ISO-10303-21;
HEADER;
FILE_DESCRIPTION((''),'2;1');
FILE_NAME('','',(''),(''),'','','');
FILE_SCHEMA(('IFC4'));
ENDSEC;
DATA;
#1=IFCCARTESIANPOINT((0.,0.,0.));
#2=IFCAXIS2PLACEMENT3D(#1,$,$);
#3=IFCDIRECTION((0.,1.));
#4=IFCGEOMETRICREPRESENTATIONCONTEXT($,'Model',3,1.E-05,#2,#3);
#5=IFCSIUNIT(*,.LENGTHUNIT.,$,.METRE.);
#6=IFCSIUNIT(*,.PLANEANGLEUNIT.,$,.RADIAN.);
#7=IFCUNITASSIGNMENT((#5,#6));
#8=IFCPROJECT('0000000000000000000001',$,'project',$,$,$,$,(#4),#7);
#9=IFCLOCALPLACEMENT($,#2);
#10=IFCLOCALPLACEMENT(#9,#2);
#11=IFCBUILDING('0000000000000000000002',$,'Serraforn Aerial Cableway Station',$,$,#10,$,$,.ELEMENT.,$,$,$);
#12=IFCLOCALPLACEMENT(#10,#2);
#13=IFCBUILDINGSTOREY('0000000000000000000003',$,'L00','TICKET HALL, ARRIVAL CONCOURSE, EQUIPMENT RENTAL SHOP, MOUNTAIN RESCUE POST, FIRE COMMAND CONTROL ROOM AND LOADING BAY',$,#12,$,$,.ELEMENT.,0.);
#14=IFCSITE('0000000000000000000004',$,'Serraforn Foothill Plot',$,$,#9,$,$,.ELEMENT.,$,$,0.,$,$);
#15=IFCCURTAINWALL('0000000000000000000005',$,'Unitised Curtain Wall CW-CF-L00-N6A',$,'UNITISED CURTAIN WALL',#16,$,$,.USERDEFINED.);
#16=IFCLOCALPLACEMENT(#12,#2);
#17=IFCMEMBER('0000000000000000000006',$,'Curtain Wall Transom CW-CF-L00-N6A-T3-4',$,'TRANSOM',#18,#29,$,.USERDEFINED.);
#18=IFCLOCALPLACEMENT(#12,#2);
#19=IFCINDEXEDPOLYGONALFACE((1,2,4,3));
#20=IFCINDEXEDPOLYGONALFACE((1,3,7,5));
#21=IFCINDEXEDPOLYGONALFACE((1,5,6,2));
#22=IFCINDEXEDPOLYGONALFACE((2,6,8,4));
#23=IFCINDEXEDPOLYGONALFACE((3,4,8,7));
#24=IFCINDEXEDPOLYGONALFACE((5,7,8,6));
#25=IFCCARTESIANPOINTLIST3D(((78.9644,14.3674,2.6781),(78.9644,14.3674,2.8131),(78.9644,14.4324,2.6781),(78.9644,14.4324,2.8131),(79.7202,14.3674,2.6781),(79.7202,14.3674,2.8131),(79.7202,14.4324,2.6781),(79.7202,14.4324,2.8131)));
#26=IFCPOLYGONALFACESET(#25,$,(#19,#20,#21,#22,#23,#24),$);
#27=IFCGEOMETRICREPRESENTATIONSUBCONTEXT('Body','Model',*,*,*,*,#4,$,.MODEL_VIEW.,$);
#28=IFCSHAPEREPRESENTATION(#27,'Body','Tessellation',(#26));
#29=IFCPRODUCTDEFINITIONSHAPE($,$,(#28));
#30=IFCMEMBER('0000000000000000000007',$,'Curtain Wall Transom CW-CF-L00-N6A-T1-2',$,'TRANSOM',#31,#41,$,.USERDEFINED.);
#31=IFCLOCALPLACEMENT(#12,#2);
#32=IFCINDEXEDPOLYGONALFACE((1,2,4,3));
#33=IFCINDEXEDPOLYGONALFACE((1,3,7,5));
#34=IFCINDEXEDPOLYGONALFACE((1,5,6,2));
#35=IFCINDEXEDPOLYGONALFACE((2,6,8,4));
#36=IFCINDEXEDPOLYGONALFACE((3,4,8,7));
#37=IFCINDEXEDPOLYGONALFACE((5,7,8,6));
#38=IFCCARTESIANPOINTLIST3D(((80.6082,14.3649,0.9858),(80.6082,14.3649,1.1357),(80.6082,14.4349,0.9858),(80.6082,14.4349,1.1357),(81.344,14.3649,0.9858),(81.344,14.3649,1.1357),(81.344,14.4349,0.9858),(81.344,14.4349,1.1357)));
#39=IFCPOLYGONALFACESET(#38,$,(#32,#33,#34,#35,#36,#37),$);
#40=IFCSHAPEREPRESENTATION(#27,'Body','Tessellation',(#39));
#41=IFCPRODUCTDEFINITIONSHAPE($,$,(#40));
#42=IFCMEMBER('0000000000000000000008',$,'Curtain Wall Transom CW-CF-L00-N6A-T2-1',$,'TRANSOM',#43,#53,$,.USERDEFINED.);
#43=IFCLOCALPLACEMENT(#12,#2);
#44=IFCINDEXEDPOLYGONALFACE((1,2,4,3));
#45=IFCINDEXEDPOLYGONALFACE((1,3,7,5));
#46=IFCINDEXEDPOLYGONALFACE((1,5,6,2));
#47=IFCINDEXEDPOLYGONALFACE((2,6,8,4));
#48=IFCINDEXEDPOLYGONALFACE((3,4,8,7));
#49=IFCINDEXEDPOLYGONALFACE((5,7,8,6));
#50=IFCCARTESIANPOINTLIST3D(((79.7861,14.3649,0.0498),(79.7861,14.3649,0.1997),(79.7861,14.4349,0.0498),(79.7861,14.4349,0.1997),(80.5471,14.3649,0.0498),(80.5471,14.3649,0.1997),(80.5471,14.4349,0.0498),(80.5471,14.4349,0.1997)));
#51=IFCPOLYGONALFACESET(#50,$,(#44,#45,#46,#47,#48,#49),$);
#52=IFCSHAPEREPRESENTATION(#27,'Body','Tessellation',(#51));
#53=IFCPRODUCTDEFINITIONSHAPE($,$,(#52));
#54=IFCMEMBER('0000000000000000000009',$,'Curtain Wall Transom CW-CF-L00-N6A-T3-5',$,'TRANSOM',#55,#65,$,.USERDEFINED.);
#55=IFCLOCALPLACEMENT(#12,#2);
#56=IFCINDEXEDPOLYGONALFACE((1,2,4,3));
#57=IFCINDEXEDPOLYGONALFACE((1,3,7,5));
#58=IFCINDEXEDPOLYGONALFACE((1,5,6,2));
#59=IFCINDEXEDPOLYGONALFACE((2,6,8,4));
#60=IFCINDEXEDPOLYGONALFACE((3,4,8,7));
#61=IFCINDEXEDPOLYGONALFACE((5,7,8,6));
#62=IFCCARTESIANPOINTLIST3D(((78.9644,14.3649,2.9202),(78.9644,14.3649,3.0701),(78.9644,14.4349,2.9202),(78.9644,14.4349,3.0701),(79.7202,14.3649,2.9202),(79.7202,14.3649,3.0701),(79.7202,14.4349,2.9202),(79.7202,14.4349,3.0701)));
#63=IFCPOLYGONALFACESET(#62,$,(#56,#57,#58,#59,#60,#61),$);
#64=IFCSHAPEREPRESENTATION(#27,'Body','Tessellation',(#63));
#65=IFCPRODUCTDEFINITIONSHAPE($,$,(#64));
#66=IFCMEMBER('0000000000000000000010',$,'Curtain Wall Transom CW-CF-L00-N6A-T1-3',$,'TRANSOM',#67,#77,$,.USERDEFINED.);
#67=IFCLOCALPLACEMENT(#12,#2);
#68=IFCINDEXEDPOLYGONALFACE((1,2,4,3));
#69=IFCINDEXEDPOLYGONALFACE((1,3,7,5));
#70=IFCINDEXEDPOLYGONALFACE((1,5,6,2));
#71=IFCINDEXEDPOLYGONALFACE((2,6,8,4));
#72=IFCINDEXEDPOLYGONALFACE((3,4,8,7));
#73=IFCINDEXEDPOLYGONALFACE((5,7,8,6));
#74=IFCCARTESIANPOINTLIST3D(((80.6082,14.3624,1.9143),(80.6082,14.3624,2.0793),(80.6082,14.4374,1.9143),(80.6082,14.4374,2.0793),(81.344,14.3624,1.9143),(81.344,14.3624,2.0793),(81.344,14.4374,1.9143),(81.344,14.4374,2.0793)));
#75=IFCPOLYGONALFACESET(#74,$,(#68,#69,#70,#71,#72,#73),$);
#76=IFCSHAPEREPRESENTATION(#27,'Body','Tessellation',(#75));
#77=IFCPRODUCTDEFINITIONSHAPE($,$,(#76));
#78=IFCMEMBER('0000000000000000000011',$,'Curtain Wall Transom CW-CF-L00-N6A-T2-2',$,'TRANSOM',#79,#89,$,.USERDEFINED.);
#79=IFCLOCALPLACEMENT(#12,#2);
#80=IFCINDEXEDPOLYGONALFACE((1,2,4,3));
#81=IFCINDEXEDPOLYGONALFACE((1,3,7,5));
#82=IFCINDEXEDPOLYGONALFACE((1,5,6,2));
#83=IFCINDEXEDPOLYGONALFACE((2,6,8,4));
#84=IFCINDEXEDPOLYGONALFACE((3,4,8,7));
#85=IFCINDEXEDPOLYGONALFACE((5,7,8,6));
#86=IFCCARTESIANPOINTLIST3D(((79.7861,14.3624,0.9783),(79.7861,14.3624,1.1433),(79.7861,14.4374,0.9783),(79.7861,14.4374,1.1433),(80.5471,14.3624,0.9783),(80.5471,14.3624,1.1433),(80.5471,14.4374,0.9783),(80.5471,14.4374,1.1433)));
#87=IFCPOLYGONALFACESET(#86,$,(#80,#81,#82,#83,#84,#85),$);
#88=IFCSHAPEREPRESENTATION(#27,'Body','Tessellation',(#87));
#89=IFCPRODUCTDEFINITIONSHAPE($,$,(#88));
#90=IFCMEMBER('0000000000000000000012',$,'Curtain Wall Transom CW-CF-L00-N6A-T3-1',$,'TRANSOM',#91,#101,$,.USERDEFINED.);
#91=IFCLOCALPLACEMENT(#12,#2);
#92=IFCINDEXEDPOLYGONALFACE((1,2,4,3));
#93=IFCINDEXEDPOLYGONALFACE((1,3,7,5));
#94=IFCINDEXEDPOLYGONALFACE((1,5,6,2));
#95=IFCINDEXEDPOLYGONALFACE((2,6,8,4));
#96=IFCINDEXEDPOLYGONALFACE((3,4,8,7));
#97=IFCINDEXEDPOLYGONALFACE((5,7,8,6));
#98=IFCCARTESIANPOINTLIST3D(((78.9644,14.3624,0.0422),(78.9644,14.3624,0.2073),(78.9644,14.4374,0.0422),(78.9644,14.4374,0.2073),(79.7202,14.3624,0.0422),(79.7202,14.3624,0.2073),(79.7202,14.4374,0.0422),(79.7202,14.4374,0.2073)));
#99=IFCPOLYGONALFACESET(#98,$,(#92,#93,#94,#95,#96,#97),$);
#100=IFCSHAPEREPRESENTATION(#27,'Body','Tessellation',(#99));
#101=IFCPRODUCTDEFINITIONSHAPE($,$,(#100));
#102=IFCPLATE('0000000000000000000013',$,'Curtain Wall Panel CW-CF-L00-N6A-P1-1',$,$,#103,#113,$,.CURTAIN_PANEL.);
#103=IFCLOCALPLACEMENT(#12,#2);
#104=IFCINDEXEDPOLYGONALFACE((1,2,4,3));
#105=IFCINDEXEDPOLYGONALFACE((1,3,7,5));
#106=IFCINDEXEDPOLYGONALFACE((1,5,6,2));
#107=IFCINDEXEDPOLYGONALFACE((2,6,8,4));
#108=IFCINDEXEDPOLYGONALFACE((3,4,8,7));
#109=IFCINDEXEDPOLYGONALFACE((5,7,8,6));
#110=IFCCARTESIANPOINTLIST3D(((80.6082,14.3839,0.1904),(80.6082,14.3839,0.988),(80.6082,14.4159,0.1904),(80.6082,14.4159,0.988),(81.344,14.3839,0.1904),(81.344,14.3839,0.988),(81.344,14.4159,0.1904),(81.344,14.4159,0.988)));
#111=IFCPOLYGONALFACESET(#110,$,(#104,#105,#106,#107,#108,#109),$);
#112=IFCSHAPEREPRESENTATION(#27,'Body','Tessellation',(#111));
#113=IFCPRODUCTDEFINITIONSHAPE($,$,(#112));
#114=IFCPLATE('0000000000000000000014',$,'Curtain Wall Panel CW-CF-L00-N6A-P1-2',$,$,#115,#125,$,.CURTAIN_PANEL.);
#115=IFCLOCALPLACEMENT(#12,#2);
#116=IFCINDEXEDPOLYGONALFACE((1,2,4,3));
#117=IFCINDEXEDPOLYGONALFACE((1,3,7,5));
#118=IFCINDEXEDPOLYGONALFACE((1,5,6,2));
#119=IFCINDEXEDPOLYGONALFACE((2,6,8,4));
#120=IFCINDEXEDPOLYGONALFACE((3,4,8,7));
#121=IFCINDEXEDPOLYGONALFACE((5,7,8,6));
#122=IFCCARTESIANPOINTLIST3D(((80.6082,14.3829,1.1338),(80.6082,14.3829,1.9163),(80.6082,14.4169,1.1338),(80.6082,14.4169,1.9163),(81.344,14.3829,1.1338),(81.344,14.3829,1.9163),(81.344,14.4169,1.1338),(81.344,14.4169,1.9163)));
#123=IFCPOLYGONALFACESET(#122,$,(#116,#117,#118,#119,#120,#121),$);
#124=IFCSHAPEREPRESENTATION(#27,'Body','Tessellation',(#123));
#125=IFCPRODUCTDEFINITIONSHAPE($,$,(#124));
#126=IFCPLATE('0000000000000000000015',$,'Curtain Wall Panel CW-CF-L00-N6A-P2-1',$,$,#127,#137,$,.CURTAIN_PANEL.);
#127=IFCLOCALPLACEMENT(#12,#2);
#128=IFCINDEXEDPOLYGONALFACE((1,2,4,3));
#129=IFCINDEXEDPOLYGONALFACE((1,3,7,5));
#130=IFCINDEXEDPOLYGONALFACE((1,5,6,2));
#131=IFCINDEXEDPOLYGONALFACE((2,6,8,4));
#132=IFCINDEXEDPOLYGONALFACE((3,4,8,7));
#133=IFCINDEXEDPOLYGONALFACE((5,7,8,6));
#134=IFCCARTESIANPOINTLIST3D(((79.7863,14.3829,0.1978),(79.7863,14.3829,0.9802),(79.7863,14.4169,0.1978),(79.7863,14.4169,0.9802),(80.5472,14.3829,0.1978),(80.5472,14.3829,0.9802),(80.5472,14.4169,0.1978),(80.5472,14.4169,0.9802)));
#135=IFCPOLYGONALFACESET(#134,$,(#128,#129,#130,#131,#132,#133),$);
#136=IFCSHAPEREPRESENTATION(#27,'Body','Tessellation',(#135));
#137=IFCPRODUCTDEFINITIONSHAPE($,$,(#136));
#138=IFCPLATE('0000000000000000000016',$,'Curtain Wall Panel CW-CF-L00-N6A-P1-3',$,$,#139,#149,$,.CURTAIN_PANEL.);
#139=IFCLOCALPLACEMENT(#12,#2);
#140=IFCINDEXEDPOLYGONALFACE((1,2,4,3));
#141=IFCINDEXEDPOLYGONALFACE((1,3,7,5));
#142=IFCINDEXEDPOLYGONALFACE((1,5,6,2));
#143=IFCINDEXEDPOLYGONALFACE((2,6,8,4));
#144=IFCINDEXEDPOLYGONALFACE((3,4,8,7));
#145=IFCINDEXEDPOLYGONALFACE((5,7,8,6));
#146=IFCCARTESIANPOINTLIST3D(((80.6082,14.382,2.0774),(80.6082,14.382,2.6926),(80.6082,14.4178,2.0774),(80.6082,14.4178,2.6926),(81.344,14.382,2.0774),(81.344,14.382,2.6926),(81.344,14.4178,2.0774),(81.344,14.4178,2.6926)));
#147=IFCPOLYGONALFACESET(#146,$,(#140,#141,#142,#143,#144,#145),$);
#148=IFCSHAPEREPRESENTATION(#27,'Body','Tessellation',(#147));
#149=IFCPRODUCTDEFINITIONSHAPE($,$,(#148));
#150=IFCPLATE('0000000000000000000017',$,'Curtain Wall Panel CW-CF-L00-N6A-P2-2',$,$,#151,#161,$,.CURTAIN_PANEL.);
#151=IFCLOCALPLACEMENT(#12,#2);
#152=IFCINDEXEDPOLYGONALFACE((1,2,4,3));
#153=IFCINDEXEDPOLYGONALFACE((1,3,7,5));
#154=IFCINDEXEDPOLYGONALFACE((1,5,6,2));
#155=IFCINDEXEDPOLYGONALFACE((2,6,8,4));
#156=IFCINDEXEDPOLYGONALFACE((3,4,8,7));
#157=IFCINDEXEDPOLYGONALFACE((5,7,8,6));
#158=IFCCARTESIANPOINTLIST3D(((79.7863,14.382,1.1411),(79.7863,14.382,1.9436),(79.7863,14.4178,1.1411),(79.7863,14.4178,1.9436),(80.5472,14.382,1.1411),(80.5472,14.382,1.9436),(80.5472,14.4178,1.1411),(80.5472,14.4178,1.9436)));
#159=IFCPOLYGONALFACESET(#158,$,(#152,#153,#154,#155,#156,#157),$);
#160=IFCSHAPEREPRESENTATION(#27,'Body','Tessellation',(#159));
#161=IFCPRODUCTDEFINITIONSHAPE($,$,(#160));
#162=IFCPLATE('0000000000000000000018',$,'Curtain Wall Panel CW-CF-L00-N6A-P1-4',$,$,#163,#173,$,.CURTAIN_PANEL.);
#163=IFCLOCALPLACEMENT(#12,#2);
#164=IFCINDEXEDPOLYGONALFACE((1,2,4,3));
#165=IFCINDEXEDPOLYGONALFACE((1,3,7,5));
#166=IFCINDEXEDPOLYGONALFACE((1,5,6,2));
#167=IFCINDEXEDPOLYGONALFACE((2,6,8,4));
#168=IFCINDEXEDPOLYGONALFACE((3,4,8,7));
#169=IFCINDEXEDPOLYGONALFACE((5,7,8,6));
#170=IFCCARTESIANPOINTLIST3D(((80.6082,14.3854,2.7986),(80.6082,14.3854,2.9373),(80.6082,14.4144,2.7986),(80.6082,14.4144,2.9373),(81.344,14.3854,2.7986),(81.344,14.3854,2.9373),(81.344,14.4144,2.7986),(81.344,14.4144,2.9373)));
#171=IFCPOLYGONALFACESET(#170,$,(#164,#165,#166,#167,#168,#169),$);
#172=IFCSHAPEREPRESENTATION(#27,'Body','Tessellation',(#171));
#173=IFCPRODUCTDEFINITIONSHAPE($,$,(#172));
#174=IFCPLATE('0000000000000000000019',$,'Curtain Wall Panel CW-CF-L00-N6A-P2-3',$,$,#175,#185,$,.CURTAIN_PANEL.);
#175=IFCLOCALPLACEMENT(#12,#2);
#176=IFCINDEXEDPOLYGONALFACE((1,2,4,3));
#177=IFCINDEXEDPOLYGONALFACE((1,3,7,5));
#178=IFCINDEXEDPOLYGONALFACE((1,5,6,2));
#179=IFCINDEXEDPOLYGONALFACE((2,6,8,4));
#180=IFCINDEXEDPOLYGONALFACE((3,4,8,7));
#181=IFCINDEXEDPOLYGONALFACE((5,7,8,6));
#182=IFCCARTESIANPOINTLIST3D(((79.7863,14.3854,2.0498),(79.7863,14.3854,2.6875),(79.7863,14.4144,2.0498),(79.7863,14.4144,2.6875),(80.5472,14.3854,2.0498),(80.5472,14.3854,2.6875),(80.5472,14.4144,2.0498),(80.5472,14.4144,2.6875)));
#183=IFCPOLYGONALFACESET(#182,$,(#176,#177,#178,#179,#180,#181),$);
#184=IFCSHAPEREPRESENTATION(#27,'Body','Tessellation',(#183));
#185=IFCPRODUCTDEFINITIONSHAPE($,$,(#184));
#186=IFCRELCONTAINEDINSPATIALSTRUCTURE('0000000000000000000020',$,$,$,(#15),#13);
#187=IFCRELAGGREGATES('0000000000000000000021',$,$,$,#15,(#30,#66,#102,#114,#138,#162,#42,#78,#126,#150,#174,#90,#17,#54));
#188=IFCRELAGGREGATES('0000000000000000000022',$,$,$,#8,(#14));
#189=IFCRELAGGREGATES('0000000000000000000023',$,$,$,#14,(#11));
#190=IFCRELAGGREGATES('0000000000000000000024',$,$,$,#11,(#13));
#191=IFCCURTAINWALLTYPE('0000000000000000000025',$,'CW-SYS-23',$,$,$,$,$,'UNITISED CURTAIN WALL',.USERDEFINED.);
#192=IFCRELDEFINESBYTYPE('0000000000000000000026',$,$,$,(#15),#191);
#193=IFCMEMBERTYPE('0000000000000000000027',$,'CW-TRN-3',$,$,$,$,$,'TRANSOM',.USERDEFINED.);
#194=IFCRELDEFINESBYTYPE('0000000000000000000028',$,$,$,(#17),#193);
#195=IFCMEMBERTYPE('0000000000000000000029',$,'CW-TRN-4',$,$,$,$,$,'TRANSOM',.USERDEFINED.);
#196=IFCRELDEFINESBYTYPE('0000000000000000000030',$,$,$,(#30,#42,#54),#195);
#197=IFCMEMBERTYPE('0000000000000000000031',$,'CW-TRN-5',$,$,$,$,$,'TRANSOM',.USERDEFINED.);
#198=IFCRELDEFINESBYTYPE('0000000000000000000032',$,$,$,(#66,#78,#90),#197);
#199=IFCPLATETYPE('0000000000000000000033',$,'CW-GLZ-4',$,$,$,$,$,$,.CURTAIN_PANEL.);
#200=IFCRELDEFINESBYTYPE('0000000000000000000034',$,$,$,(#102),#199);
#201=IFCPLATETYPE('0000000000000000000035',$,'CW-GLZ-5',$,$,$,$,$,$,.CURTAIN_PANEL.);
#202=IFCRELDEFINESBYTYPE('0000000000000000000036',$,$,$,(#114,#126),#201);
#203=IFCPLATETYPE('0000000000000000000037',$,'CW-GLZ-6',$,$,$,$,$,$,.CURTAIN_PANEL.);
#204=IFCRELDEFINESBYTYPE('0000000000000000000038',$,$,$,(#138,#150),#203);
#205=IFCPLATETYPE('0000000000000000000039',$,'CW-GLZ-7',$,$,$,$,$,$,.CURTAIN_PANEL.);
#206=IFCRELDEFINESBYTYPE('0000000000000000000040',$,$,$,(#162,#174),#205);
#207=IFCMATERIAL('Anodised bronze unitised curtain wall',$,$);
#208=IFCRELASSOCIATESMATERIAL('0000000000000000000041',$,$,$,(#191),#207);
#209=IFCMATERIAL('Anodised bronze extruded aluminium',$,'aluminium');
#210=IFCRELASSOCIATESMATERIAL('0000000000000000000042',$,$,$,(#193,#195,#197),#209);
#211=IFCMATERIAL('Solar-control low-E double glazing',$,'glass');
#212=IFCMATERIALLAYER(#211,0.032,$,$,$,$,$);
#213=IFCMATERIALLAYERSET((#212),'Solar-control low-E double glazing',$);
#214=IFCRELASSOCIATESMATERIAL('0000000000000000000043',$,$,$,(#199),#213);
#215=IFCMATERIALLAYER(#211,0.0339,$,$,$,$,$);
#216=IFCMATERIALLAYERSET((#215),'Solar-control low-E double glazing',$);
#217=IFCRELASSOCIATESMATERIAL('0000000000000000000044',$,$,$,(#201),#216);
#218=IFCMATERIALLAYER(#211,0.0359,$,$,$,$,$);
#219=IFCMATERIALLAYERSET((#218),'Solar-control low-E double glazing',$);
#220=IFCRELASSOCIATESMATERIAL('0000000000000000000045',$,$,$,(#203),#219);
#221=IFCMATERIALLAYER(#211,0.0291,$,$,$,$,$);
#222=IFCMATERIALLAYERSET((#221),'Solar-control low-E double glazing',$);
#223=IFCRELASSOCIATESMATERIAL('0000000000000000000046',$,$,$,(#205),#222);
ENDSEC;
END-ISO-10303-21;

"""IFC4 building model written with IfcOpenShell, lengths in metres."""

from ifc_helpers import new_model, si_unit, direction, frame, origin, origin_2d, place, context, subcontext, project, spatial, rectangle, extrude, material, layer, layer_set, material_profile, profile_set, type_object, element, aggregate, save


model = new_model("IFC4")

# Units and contexts
model_context = context("Model", 3, precision=1e-05, world=origin(), true_north=direction((0.0, 1.0)))
body_context = subcontext(model_context, "Body", "Model", "MODEL_VIEW")
ifc_project = project(units=[si_unit("LENGTHUNIT", "METRE"), si_unit("PLANEANGLEUNIT", "RADIAN")], contexts=[model_context])

# Site, building, storey
site_placement = place(None, origin())
site = spatial("IfcSite", under=ifc_project, at=site_placement, Name="Serraforn Foothill Plot", CompositionType="ELEMENT", RefElevation=0.0)
building_placement = place(site_placement, origin())
building = spatial("IfcBuilding", under=site, at=building_placement, Name="Serraforn Aerial Cableway Station", CompositionType="ELEMENT")
storey_placement = place(building_placement, origin())
storey = spatial("IfcBuildingStorey", under=building, at=storey_placement, Name="L00", Description="TICKET HALL, ARRIVAL CONCOURSE, EQUIPMENT RENTAL SHOP, MOUNTAIN RESCUE POST, FIRE COMMAND CONTROL ROOM AND LOADING BAY", CompositionType="ELEMENT", Elevation=0.0)

# Curtain wall, members, plates
ifc_material_1 = material(Name="Anodised bronze unitised curtain wall")
curtain_wall_type = type_object("IfcCurtainWallType", Name="CW-SYS-23", ElementType="UNITISED CURTAIN WALL", PredefinedType="USERDEFINED", material=ifc_material_1)
curtain_wall_placement = place(storey_placement, origin())
curtain_wall = element("IfcCurtainWall", 1, at=curtain_wall_placement, inside=storey, type_object=curtain_wall_type, Name="Unitised Curtain Wall CW-CF-L00-N6A", ObjectType="UNITISED CURTAIN WALL", PredefinedType="USERDEFINED")
ifc_material_2 = material(Name="Anodised bronze extruded aluminium", Category="aluminium")
ifc_material_profile_1 = material_profile(ifc_material_2, rectangle(XDim=0.0649, YDim=0.135, at=origin_2d()), Name="CW TRANSOM 65x135")
ifc_profile_set_1 = profile_set([ifc_material_profile_1], Name="Anodised bronze extruded aluminium")
member_type_1 = type_object("IfcMemberType", Name="CW-TRN-3", ElementType="TRANSOM", PredefinedType="USERDEFINED", material=ifc_profile_set_1)
member_1_placement = place(storey_placement, frame((79.7202, 14.3999, 2.7456), z_axis=(-1.0, 0.0, 0.0), x_axis=(0.0, -1.0, 0.0)))
member_1 = element("IfcMember", 2, at=member_1_placement, type_object=member_type_1, Name="Curtain Wall Transom CW-CF-L00-N6A-T3-4", ObjectType="TRANSOM", PredefinedType="USERDEFINED", context=body_context, shape_type="SweptSolid", body=[
    extrude(rectangle(XDim=0.0649, YDim=0.135, at=origin_2d()), origin(), (0.0, 0.0, 1.0), 0.7559),
])
ifc_material_profile_2 = material_profile(ifc_material_2, rectangle(XDim=0.0701, YDim=0.1499, at=origin_2d()), Name="CW TRANSOM 70x150")
ifc_profile_set_2 = profile_set([ifc_material_profile_2], Name="Anodised bronze extruded aluminium")
member_type_2 = type_object("IfcMemberType", Name="CW-TRN-4", ElementType="TRANSOM", PredefinedType="USERDEFINED", material=ifc_profile_set_2)
member_2_placement = place(storey_placement, frame((81.344, 14.3999, 1.0608), z_axis=(-1.0, 0.0, 0.0), x_axis=(0.0, -1.0, 0.0)))
member_2 = element("IfcMember", 3, at=member_2_placement, type_object=member_type_2, Name="Curtain Wall Transom CW-CF-L00-N6A-T1-2", ObjectType="TRANSOM", PredefinedType="USERDEFINED", context=body_context, shape_type="SweptSolid", body=[
    extrude(rectangle(XDim=0.0701, YDim=0.1499, at=origin_2d()), origin(), (0.0, 0.0, 1.0), 0.7358),
])
member_3_placement = place(storey_placement, frame((80.5471, 14.3999, 0.1248), z_axis=(-1.0, 0.0, 0.0), x_axis=(0.0, -1.0, 0.0)))
member_3 = element("IfcMember", 4, at=member_3_placement, type_object=member_type_2, Name="Curtain Wall Transom CW-CF-L00-N6A-T2-1", ObjectType="TRANSOM", PredefinedType="USERDEFINED", context=body_context, shape_type="SweptSolid", body=[
    extrude(rectangle(XDim=0.0701, YDim=0.1499, at=origin_2d()), origin(), (0.0, 0.0, 1.0), 0.761),
])
member_4_placement = place(storey_placement, frame((79.7202, 14.3999, 2.9951), z_axis=(-1.0, 0.0, 0.0), x_axis=(0.0, -1.0, 0.0)))
member_4 = element("IfcMember", 5, at=member_4_placement, type_object=member_type_2, Name="Curtain Wall Transom CW-CF-L00-N6A-T3-5", ObjectType="TRANSOM", PredefinedType="USERDEFINED", context=body_context, shape_type="SweptSolid", body=[
    extrude(rectangle(XDim=0.0701, YDim=0.1499, at=origin_2d()), origin(), (0.0, 0.0, 1.0), 0.7559),
])
ifc_material_profile_3 = material_profile(ifc_material_2, rectangle(XDim=0.075, YDim=0.165, at=origin_2d()), Name="CW TRANSOM 75x165")
ifc_profile_set_3 = profile_set([ifc_material_profile_3], Name="Anodised bronze extruded aluminium")
member_type_3 = type_object("IfcMemberType", Name="CW-TRN-5", ElementType="TRANSOM", PredefinedType="USERDEFINED", material=ifc_profile_set_3)
member_5_placement = place(storey_placement, frame((81.344, 14.3999, 1.9968), z_axis=(-1.0, 0.0, 0.0), x_axis=(0.0, -1.0, 0.0)))
member_5 = element("IfcMember", 6, at=member_5_placement, type_object=member_type_3, Name="Curtain Wall Transom CW-CF-L00-N6A-T1-3", ObjectType="TRANSOM", PredefinedType="USERDEFINED", context=body_context, shape_type="SweptSolid", body=[
    extrude(rectangle(XDim=0.075, YDim=0.165, at=origin_2d()), origin(), (0.0, 0.0, 1.0), 0.7358),
])
member_6_placement = place(storey_placement, frame((80.5471, 14.3999, 1.0608), z_axis=(-1.0, 0.0, 0.0), x_axis=(0.0, -1.0, 0.0)))
member_6 = element("IfcMember", 7, at=member_6_placement, type_object=member_type_3, Name="Curtain Wall Transom CW-CF-L00-N6A-T2-2", ObjectType="TRANSOM", PredefinedType="USERDEFINED", context=body_context, shape_type="SweptSolid", body=[
    extrude(rectangle(XDim=0.075, YDim=0.165, at=origin_2d()), origin(), (0.0, 0.0, 1.0), 0.761),
])
member_7_placement = place(storey_placement, frame((79.7202, 14.3999, 0.1248), z_axis=(-1.0, 0.0, 0.0), x_axis=(0.0, -1.0, 0.0)))
member_7 = element("IfcMember", 8, at=member_7_placement, type_object=member_type_3, Name="Curtain Wall Transom CW-CF-L00-N6A-T3-1", ObjectType="TRANSOM", PredefinedType="USERDEFINED", context=body_context, shape_type="SweptSolid", body=[
    extrude(rectangle(XDim=0.075, YDim=0.165, at=origin_2d()), origin(), (0.0, 0.0, 1.0), 0.7559),
])
ifc_material_3 = material(Name="Solar-control low-E double glazing", Category="glass")
ifc_layer_1 = layer(ifc_material_3, 0.032)
ifc_layer_set_1 = layer_set([ifc_layer_1], Name="Solar-control low-E double glazing")
plate_type_1 = type_object("IfcPlateType", Name="CW-GLZ-4", PredefinedType="CURTAIN_PANEL", material=ifc_layer_set_1)
plate_1_placement = place(storey_placement, frame((80.9761, 14.3999, 0.1904), z_axis=(0.0, 0.0, 1.0), x_axis=(1.0, 0.0, 0.0)))
plate_1 = element("IfcPlate", 9, at=plate_1_placement, type_object=plate_type_1, Name="Curtain Wall Panel CW-CF-L00-N6A-P1-1", PredefinedType="CURTAIN_PANEL", context=body_context, shape_type="SweptSolid", body=[
    extrude(rectangle(XDim=0.7358, YDim=0.032, at=origin_2d()), origin(), (0.0, 0.0, 1.0), 0.7976),
])
ifc_layer_2 = layer(ifc_material_3, 0.0339)
ifc_layer_set_2 = layer_set([ifc_layer_2], Name="Solar-control low-E double glazing")
plate_type_2 = type_object("IfcPlateType", Name="CW-GLZ-5", PredefinedType="CURTAIN_PANEL", material=ifc_layer_set_2)
plate_2_placement = place(storey_placement, frame((80.9761, 14.3999, 1.1338), z_axis=(0.0, 0.0, 1.0), x_axis=(1.0, 0.0, 0.0)))
plate_2 = element("IfcPlate", 10, at=plate_2_placement, type_object=plate_type_2, Name="Curtain Wall Panel CW-CF-L00-N6A-P1-2", PredefinedType="CURTAIN_PANEL", context=body_context, shape_type="SweptSolid", body=[
    extrude(rectangle(XDim=0.7358, YDim=0.0339, at=origin_2d()), origin(), (0.0, 0.0, 1.0), 0.7825),
])
plate_3_placement = place(storey_placement, frame((80.1667, 14.3999, 0.1978), z_axis=(0.0, 0.0, 1.0), x_axis=(1.0, 0.0, 0.0)))
plate_3 = element("IfcPlate", 11, at=plate_3_placement, type_object=plate_type_2, Name="Curtain Wall Panel CW-CF-L00-N6A-P2-1", PredefinedType="CURTAIN_PANEL", context=body_context, shape_type="SweptSolid", body=[
    extrude(rectangle(XDim=0.761, YDim=0.0339, at=origin_2d()), origin(), (0.0, 0.0, 1.0), 0.7825),
])
ifc_layer_3 = layer(ifc_material_3, 0.0359)
ifc_layer_set_3 = layer_set([ifc_layer_3], Name="Solar-control low-E double glazing")
plate_type_3 = type_object("IfcPlateType", Name="CW-GLZ-6", PredefinedType="CURTAIN_PANEL", material=ifc_layer_set_3)
plate_4_placement = place(storey_placement, frame((80.9761, 14.3999, 2.0774), z_axis=(0.0, 0.0, 1.0), x_axis=(1.0, 0.0, 0.0)))
plate_4 = element("IfcPlate", 12, at=plate_4_placement, type_object=plate_type_3, Name="Curtain Wall Panel CW-CF-L00-N6A-P1-3", PredefinedType="CURTAIN_PANEL", context=body_context, shape_type="SweptSolid", body=[
    extrude(rectangle(XDim=0.7358, YDim=0.0359, at=origin_2d()), origin(), (0.0, 0.0, 1.0), 0.6152),
])
plate_5_placement = place(storey_placement, frame((80.1667, 14.3999, 1.1411), z_axis=(0.0, 0.0, 1.0), x_axis=(1.0, 0.0, 0.0)))
plate_5 = element("IfcPlate", 13, at=plate_5_placement, type_object=plate_type_3, Name="Curtain Wall Panel CW-CF-L00-N6A-P2-2", PredefinedType="CURTAIN_PANEL", context=body_context, shape_type="SweptSolid", body=[
    extrude(rectangle(XDim=0.761, YDim=0.0359, at=origin_2d()), origin(), (0.0, 0.0, 1.0), 0.8025),
])
ifc_layer_4 = layer(ifc_material_3, 0.0291)
ifc_layer_set_4 = layer_set([ifc_layer_4], Name="Solar-control low-E double glazing")
plate_type_4 = type_object("IfcPlateType", Name="CW-GLZ-7", PredefinedType="CURTAIN_PANEL", material=ifc_layer_set_4)
plate_6_placement = place(storey_placement, frame((80.9761, 14.3999, 2.7986), z_axis=(0.0, 0.0, 1.0), x_axis=(1.0, 0.0, 0.0)))
plate_6 = element("IfcPlate", 14, at=plate_6_placement, type_object=plate_type_4, Name="Curtain Wall Panel CW-CF-L00-N6A-P1-4", PredefinedType="CURTAIN_PANEL", context=body_context, shape_type="SweptSolid", body=[
    extrude(rectangle(XDim=0.7358, YDim=0.0291, at=origin_2d()), origin(), (0.0, 0.0, 1.0), 0.1387),
])
plate_7_placement = place(storey_placement, frame((80.1667, 14.3999, 2.0498), z_axis=(0.0, 0.0, 1.0), x_axis=(1.0, 0.0, 0.0)))
plate_7 = element("IfcPlate", 15, at=plate_7_placement, type_object=plate_type_4, Name="Curtain Wall Panel CW-CF-L00-N6A-P2-3", PredefinedType="CURTAIN_PANEL", context=body_context, shape_type="SweptSolid", body=[
    extrude(rectangle(XDim=0.761, YDim=0.0291, at=origin_2d()), origin(), (0.0, 0.0, 1.0), 0.6377),
])
aggregate(curtain_wall, [member_2, member_5, plate_1, plate_2, plate_4, plate_6, member_3, member_6, plate_3, plate_5, plate_7, member_7, member_1, member_4])

save(model, "model.ifc")
